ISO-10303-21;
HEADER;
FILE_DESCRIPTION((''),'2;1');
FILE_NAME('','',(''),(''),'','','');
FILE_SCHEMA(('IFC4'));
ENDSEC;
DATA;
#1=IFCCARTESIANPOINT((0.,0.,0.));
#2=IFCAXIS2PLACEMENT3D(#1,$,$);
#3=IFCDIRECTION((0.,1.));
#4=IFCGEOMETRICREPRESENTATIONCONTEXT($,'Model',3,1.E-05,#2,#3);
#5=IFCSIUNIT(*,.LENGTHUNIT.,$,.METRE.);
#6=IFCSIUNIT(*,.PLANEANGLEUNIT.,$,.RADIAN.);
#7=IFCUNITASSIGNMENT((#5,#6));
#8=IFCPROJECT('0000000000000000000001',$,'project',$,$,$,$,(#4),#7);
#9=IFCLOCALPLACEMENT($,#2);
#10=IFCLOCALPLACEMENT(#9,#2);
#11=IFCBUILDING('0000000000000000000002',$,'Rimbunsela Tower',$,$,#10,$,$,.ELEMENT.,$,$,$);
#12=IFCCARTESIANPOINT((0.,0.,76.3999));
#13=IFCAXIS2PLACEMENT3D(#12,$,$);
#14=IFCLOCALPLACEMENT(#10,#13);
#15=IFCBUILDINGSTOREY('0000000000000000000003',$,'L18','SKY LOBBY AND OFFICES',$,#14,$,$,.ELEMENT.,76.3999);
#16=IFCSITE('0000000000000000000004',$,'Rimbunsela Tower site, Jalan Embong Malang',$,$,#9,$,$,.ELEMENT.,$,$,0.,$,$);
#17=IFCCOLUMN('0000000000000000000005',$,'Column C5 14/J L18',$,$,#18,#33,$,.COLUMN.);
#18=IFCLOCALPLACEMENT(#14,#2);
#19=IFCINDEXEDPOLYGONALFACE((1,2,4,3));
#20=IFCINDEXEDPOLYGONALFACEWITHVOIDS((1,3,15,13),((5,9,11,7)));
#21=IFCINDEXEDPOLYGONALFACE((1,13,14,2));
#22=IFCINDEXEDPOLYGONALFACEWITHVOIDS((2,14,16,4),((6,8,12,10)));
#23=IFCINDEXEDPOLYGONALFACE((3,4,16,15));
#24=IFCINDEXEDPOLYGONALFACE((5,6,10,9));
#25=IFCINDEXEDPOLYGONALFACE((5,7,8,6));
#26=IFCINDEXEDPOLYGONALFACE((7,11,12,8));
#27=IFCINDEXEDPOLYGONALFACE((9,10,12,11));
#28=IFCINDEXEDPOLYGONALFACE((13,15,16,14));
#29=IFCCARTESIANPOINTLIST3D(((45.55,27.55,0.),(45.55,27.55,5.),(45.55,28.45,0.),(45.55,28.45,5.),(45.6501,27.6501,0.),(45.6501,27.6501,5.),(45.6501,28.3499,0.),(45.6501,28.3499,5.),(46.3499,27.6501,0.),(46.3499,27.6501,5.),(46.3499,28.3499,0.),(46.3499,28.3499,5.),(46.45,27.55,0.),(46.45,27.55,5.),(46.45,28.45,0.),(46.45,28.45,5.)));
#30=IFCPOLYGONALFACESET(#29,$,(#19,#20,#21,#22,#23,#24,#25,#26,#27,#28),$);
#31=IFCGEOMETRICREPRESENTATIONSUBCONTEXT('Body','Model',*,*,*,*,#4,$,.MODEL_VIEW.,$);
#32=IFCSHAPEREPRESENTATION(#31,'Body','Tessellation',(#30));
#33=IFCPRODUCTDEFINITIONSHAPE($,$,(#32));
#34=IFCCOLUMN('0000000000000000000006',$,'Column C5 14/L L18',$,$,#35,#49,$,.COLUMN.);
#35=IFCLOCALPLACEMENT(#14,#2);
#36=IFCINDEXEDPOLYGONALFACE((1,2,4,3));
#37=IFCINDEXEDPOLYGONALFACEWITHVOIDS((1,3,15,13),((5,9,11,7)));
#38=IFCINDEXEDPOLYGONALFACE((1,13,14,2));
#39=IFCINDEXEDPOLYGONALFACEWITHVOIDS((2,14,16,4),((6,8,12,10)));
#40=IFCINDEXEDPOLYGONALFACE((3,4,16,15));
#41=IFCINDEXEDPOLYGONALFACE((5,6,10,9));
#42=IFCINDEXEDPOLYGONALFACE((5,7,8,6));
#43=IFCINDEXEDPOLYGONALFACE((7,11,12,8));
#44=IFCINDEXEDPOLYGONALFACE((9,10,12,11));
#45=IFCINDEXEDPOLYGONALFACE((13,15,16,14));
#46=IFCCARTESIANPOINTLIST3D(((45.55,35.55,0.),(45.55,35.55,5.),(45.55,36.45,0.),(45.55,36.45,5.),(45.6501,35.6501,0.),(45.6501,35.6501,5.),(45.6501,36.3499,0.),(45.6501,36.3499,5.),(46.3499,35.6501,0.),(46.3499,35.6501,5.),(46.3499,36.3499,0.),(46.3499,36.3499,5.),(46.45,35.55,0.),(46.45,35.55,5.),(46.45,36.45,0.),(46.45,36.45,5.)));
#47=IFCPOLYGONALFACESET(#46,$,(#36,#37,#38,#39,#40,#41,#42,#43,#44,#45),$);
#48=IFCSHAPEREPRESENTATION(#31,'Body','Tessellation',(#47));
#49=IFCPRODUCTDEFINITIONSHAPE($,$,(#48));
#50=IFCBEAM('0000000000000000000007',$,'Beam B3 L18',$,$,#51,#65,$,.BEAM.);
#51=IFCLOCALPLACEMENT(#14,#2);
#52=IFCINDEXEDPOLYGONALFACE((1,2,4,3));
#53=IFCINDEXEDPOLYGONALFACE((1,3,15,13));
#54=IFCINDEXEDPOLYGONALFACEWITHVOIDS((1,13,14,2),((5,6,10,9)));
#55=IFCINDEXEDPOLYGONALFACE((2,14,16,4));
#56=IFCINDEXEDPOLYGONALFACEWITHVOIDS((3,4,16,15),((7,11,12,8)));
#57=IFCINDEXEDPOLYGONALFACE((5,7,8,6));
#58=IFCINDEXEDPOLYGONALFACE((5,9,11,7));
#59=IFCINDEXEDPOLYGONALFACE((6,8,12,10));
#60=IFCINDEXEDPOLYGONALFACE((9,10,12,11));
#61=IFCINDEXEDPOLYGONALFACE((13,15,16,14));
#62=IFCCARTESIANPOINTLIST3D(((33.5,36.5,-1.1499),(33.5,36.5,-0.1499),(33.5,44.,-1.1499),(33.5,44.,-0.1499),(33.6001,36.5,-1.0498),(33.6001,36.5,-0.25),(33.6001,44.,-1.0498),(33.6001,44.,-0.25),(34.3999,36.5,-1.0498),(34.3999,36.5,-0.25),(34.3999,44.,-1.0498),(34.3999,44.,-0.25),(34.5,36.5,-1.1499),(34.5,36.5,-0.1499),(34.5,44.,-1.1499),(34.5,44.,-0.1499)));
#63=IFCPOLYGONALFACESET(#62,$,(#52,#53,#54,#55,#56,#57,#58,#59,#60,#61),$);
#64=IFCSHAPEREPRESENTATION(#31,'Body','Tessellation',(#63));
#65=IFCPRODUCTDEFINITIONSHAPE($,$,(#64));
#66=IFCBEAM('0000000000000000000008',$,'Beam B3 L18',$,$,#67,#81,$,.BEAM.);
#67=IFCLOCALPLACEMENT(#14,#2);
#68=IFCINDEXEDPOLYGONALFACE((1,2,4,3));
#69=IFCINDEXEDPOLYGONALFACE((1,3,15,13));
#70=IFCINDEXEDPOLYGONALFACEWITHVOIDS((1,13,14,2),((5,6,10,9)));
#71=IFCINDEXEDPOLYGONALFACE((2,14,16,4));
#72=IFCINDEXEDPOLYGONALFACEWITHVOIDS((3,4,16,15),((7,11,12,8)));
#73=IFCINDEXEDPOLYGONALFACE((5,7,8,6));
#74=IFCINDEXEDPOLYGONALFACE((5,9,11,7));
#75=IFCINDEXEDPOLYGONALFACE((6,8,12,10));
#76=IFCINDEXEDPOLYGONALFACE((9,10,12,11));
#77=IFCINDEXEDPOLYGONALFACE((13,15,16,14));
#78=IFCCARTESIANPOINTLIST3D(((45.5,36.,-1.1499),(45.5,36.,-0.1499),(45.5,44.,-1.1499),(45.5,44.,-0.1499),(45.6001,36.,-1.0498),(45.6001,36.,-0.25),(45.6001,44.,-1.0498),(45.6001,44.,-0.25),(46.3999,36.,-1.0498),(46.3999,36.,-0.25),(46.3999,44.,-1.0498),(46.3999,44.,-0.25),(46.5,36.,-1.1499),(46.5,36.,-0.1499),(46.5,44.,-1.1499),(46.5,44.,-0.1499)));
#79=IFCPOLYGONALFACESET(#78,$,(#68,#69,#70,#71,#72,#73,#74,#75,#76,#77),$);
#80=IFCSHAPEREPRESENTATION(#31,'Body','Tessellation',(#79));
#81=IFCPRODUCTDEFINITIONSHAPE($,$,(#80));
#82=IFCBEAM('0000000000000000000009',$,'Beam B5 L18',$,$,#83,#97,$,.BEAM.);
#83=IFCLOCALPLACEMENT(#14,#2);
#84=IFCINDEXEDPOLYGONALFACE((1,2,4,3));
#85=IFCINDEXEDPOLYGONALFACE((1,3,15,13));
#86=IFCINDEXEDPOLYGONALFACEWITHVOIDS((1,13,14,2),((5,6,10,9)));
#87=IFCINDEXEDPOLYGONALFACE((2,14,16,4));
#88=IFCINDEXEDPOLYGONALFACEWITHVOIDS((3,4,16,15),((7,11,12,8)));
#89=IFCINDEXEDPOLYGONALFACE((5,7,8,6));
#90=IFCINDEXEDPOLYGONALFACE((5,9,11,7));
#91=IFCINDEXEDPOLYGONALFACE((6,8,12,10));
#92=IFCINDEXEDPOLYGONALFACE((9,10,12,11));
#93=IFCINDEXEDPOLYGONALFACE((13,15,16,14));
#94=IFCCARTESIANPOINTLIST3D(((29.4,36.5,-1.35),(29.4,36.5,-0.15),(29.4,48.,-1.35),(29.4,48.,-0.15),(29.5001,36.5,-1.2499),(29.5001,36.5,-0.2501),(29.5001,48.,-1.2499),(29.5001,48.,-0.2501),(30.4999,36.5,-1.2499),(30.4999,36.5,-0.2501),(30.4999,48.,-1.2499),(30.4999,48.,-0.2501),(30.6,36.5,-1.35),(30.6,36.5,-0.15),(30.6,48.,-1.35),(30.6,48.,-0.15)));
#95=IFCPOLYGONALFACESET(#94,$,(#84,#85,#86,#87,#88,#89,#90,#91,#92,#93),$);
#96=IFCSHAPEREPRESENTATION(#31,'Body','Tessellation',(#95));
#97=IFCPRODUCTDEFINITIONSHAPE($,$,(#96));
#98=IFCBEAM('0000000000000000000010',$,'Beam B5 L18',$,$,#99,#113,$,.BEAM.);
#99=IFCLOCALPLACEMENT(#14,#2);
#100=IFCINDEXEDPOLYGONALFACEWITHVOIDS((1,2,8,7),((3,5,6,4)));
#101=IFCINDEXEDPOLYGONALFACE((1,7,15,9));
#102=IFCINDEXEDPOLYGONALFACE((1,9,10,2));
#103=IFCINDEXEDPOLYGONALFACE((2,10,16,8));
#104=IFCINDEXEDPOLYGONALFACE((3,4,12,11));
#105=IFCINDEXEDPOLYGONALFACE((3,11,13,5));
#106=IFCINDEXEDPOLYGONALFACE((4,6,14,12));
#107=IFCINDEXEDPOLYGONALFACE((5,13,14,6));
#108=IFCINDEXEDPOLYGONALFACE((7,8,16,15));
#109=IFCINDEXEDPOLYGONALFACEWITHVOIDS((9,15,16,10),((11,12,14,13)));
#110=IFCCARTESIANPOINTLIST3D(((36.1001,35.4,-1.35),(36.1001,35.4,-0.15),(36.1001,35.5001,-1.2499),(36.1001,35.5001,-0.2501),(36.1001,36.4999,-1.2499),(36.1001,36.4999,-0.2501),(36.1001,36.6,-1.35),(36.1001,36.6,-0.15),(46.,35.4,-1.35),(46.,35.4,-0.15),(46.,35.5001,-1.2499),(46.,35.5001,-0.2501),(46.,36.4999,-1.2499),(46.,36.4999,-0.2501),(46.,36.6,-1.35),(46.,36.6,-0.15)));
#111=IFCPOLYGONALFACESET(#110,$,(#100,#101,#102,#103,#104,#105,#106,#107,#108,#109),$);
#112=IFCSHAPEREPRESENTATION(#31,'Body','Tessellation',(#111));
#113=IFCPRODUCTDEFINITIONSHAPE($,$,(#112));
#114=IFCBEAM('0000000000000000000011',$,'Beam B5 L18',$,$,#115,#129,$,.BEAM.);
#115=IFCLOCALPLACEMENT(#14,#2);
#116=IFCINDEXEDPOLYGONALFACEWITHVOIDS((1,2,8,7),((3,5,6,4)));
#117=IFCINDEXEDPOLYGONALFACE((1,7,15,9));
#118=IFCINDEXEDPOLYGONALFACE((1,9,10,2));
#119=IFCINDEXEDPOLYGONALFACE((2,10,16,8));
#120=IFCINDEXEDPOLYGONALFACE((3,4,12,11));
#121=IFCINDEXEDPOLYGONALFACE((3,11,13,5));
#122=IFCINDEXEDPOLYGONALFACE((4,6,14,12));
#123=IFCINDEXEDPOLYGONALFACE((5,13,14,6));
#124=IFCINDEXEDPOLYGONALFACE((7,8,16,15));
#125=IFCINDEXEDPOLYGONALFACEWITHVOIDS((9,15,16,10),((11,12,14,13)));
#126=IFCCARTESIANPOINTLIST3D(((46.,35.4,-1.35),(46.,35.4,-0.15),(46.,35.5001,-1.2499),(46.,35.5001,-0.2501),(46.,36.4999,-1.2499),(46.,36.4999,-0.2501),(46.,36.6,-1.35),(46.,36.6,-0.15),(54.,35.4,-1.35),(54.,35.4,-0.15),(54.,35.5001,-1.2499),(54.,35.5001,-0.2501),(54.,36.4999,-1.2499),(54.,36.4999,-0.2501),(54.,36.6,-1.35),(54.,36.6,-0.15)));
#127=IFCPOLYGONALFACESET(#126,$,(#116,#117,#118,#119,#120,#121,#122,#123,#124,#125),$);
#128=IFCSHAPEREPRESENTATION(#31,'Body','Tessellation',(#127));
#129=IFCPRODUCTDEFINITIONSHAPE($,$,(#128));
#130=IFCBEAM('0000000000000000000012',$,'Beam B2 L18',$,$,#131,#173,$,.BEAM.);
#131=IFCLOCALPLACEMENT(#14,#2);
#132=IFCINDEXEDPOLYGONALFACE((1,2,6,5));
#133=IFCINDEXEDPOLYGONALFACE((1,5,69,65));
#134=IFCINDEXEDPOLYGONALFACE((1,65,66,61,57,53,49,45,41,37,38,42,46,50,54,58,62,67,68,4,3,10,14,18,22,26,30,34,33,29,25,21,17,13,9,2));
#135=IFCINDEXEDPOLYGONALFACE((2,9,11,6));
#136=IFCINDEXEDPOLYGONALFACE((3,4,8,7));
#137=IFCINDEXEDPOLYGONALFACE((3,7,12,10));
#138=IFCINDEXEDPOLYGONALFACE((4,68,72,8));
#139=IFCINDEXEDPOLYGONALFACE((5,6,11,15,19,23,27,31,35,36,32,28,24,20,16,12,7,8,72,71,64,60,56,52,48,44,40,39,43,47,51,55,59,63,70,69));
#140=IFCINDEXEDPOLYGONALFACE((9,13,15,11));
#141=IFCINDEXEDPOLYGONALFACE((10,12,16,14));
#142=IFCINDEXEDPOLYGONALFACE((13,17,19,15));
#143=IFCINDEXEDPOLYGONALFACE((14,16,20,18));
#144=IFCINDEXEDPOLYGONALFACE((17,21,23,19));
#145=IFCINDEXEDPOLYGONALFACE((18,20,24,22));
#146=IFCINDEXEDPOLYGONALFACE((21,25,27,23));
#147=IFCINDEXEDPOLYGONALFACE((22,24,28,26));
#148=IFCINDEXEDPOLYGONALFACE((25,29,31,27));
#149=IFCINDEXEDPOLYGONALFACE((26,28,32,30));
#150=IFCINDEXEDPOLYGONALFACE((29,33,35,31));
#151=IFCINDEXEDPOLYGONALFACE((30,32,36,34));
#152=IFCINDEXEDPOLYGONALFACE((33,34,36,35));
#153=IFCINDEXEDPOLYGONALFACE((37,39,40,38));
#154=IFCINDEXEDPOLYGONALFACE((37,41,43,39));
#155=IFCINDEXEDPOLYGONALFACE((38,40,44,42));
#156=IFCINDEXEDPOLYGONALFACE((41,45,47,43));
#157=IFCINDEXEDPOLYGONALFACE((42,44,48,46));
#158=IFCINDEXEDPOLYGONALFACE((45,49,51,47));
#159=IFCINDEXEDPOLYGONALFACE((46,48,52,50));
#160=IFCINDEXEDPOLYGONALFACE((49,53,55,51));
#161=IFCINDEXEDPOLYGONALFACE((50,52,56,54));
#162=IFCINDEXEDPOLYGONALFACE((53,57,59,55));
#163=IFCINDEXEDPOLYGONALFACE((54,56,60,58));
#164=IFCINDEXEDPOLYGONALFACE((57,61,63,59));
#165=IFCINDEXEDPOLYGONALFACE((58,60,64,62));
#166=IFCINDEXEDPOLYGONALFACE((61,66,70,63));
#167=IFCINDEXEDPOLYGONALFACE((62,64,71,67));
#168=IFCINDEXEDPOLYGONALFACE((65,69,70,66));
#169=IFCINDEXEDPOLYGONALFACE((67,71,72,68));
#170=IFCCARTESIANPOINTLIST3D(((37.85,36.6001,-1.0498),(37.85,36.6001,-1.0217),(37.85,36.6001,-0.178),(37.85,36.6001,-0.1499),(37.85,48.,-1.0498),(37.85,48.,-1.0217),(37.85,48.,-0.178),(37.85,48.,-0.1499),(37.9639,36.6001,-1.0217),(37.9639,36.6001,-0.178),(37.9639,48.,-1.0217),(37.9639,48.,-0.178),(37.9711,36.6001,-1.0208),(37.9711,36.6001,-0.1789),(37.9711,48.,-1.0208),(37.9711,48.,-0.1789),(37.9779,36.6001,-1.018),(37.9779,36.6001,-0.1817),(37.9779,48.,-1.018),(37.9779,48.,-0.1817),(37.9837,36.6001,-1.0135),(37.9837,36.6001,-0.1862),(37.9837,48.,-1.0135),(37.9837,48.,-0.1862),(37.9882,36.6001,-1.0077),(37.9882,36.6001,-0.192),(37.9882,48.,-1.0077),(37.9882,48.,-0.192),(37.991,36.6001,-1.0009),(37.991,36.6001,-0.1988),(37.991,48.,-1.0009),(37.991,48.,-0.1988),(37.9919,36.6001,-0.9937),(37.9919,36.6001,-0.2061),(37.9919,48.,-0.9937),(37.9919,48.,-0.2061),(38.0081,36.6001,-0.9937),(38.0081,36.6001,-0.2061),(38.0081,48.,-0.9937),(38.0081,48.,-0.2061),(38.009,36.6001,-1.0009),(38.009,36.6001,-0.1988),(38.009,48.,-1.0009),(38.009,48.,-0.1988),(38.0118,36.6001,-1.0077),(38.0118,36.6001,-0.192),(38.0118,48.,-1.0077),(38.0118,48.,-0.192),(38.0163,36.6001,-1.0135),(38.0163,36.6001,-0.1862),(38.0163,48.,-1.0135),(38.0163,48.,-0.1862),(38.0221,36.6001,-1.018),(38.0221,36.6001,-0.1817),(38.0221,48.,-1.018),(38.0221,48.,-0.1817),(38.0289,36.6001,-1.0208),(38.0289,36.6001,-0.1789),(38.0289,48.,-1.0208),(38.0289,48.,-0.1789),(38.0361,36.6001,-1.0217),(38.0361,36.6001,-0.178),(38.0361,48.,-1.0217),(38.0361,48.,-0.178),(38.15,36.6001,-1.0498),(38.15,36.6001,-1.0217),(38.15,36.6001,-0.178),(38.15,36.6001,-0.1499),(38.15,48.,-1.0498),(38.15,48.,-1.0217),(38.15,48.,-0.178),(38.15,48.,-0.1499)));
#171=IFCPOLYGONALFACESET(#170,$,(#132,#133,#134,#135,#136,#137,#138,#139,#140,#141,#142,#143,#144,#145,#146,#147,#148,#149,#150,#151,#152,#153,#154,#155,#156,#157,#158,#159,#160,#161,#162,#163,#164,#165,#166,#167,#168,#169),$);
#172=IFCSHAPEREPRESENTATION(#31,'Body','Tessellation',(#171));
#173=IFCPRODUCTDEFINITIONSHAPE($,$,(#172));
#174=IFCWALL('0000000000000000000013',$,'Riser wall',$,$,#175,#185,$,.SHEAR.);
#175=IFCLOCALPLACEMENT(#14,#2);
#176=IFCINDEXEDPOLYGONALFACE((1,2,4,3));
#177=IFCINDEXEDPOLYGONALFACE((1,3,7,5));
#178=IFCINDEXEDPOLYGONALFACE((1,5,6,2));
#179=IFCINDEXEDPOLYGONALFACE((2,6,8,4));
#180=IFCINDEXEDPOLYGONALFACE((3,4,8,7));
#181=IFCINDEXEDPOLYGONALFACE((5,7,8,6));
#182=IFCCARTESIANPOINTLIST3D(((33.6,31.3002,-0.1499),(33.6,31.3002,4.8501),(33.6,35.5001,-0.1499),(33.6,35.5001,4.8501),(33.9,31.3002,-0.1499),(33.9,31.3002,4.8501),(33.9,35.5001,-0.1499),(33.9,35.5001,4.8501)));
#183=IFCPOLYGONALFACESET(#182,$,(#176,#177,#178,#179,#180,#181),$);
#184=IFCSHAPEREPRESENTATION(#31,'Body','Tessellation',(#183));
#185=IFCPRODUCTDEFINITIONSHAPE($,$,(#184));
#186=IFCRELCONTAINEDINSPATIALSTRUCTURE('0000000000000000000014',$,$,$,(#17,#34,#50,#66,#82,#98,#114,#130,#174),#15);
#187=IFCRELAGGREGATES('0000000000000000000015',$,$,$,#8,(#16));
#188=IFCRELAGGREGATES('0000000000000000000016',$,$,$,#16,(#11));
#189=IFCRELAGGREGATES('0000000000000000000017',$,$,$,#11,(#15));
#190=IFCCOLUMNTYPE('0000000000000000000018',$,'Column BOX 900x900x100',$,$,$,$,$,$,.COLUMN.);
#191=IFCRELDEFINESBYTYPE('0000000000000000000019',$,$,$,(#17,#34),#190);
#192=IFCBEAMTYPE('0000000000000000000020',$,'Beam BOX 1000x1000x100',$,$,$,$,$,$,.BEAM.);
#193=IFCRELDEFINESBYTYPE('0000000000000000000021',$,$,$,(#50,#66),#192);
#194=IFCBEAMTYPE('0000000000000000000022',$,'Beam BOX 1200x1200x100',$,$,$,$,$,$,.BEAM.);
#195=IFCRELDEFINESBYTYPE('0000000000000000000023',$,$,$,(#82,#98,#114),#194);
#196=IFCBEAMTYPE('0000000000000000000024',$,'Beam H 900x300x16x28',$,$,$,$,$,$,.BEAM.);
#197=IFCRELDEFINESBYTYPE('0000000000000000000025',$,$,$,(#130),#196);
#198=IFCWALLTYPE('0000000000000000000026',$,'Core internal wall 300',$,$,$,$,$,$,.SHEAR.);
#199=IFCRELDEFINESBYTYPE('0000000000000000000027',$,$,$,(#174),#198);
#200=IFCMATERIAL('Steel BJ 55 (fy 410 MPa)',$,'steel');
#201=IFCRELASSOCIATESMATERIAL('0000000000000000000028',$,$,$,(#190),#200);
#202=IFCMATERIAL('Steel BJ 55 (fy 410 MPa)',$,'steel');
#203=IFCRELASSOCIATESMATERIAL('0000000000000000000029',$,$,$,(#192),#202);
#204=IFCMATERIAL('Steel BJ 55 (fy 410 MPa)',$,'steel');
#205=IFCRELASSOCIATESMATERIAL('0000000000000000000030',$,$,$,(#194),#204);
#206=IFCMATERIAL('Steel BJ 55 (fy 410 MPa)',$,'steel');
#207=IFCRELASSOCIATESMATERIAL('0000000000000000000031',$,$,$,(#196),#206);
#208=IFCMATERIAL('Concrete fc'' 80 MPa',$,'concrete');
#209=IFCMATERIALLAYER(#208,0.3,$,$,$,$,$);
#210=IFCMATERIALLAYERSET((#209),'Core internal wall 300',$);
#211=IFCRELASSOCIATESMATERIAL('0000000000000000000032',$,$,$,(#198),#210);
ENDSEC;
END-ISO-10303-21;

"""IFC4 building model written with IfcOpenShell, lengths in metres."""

from ifc_helpers import new_model, si_unit, direction, frame, frame_2d, origin, origin_2d, place, context, subcontext, project, spatial, rectangle, hollow_rectangle, i_section, extrude, material, layer, layer_set, material_profile, profile_set, type_object, element, save


model = new_model("IFC4")

# Units and contexts
model_context = context("Model", 3, precision=1e-05, world=origin(), true_north=direction((0.0, 1.0)))
body_context = subcontext(model_context, "Body", "Model", "MODEL_VIEW")
ifc_project = project(units=[si_unit("LENGTHUNIT", "METRE"), si_unit("PLANEANGLEUNIT", "RADIAN")], contexts=[model_context])

# Site, building, storey
site_placement = place(None, origin())
site = spatial("IfcSite", under=ifc_project, at=site_placement, Name="Rimbunsela Tower site, Jalan Embong Malang", CompositionType="ELEMENT", RefElevation=0.0)
building_placement = place(site_placement, origin())
building = spatial("IfcBuilding", under=site, at=building_placement, Name="Rimbunsela Tower", CompositionType="ELEMENT")
storey_placement = place(building_placement, frame((0.0, 0.0, 76.3999)))
storey = spatial("IfcBuildingStorey", under=building, at=storey_placement, Name="L18", Description="SKY LOBBY AND OFFICES", CompositionType="ELEMENT", Elevation=76.3999)

# Columns
ifc_material_1 = material(Name="Steel BJ 55 (fy 410 MPa)", Category="steel")
ifc_material_profile_1 = material_profile(ifc_material_1, hollow_rectangle(XDim=0.8999, YDim=0.8999, WallThickness=0.1001, at=origin_2d()), Name="BOX 900x900x100")
ifc_profile_set_1 = profile_set([ifc_material_profile_1], Name="Steel BJ 55 (fy 410 MPa)")
column_type = type_object("IfcColumnType", Name="Column BOX 900x900x100", PredefinedType="COLUMN", material=ifc_profile_set_1)
for number, where, z_axis, x_axis, name in (
    (1, (46.0, 28.0, 0.0), (0.0, 0.0, 1.0), (1.0, 0.0, 0.0), "Column C5 14/J L18"),
    (2, (46.0, 36.0, 0.0), (0.0, 0.0, 1.0), (1.0, 0.0, 0.0), "Column C5 14/L L18"),
):
    element("IfcColumn", number, at=place(storey_placement, frame(where, z_axis=z_axis, x_axis=x_axis)), inside=storey, type_object=column_type, Name=name, PredefinedType="COLUMN", context=body_context, shape_type="SweptSolid", body=[
        extrude(hollow_rectangle(XDim=0.8999, YDim=0.8999, WallThickness=0.1001, at=origin_2d()), origin(), (0.0, 0.0, 1.0), 5.0),
    ])

# Beams
ifc_material_2 = material(Name="Steel BJ 55 (fy 410 MPa)", Category="steel")
ifc_material_profile_2 = material_profile(ifc_material_2, hollow_rectangle(XDim=1.0, YDim=1.0, WallThickness=0.1001, at=origin_2d()), Name="BOX 1000x1000x100")
ifc_profile_set_2 = profile_set([ifc_material_profile_2], Name="Steel BJ 55 (fy 410 MPa)")
beam_type_1 = type_object("IfcBeamType", Name="Beam BOX 1000x1000x100", PredefinedType="BEAM", material=ifc_profile_set_2)
beam_1_placement = place(storey_placement, frame((34.0, 36.5, -0.6499), z_axis=(0.0, 1.0, 0.0), x_axis=(-1.0, 0.0, 0.0)))
element("IfcBeam", 3, at=beam_1_placement, inside=storey, type_object=beam_type_1, Name="Beam B3 L18", PredefinedType="BEAM", context=body_context, shape_type="SweptSolid", body=[
    extrude(hollow_rectangle(XDim=1.0, YDim=1.0, WallThickness=0.1001, at=origin_2d()), origin(), (0.0, 0.0, 1.0), 7.5),
])
beam_2_placement = place(storey_placement, frame((46.0, 36.0, -0.6499), z_axis=(0.0, 1.0, 0.0), x_axis=(-1.0, 0.0, 0.0)))
element("IfcBeam", 4, at=beam_2_placement, inside=storey, type_object=beam_type_1, Name="Beam B3 L18", PredefinedType="BEAM", context=body_context, shape_type="SweptSolid", body=[
    extrude(hollow_rectangle(XDim=1.0, YDim=1.0, WallThickness=0.1001, at=origin_2d()), origin(), (0.0, 0.0, 1.0), 8.0),
])
ifc_material_3 = material(Name="Steel BJ 55 (fy 410 MPa)", Category="steel")
ifc_material_profile_3 = material_profile(ifc_material_3, hollow_rectangle(XDim=1.2, YDim=1.2, WallThickness=0.1001, at=origin_2d()), Name="BOX 1200x1200x100")
ifc_profile_set_3 = profile_set([ifc_material_profile_3], Name="Steel BJ 55 (fy 410 MPa)")
beam_type_2 = type_object("IfcBeamType", Name="Beam BOX 1200x1200x100", PredefinedType="BEAM", material=ifc_profile_set_3)
beam_3_placement = place(storey_placement, frame((30.0, 36.5, -0.75), z_axis=(0.0, 1.0, 0.0), x_axis=(-1.0, 0.0, 0.0)))
element("IfcBeam", 5, at=beam_3_placement, inside=storey, type_object=beam_type_2, Name="Beam B5 L18", PredefinedType="BEAM", context=body_context, shape_type="SweptSolid", body=[
    extrude(hollow_rectangle(XDim=1.2, YDim=1.2, WallThickness=0.1001, at=origin_2d()), origin(), (0.0, 0.0, 1.0), 11.5),
])
beam_4_placement = place(storey_placement, frame((36.1001, 36.0, -0.75), z_axis=(1.0, 0.0, 0.0), x_axis=(0.0, 1.0, 0.0)))
element("IfcBeam", 6, at=beam_4_placement, inside=storey, type_object=beam_type_2, Name="Beam B5 L18", PredefinedType="BEAM", context=body_context, shape_type="SweptSolid", body=[
    extrude(hollow_rectangle(XDim=1.2, YDim=1.2, WallThickness=0.1001, at=origin_2d()), origin(), (0.0, 0.0, 1.0), 9.8999),
])
beam_5_placement = place(storey_placement, frame((46.0, 36.0, -0.75), z_axis=(1.0, 0.0, 0.0), x_axis=(0.0, 1.0, 0.0)))
element("IfcBeam", 7, at=beam_5_placement, inside=storey, type_object=beam_type_2, Name="Beam B5 L18", PredefinedType="BEAM", context=body_context, shape_type="SweptSolid", body=[
    extrude(hollow_rectangle(XDim=1.2, YDim=1.2, WallThickness=0.1001, at=origin_2d()), origin(), (0.0, 0.0, 1.0), 8.0),
])
ifc_material_4 = material(Name="Steel BJ 55 (fy 410 MPa)", Category="steel")
ifc_material_profile_4 = material_profile(ifc_material_4, i_section(OverallWidth=0.3, OverallDepth=0.8999, WebThickness=0.0161, FlangeThickness=0.0281, FilletRadius=0.0281, at=origin_2d()), Name="H 900x300x16x28")
ifc_profile_set_4 = profile_set([ifc_material_profile_4], Name="Steel BJ 55 (fy 410 MPa)")
beam_type_3 = type_object("IfcBeamType", Name="Beam H 900x300x16x28", PredefinedType="BEAM", material=ifc_profile_set_4)
beam_6_placement = place(storey_placement, frame((38.0, 36.6001, -0.5999), z_axis=(0.0, 1.0, 0.0), x_axis=(-1.0, 0.0, 0.0)))
element("IfcBeam", 8, at=beam_6_placement, inside=storey, type_object=beam_type_3, Name="Beam B2 L18", PredefinedType="BEAM", context=body_context, shape_type="SweptSolid", body=[
    extrude(i_section(OverallWidth=0.3, OverallDepth=0.8999, WebThickness=0.0161, FlangeThickness=0.0281, FilletRadius=0.0281, at=origin_2d()), origin(), (0.0, 0.0, 1.0), 11.3999),
])

# Wall
ifc_material_5 = material(Name="Concrete fc' 80 MPa", Category="concrete")
ifc_layer_1 = layer(ifc_material_5, 0.3)
ifc_layer_set_1 = layer_set([ifc_layer_1], Name="Core internal wall 300")
wall_type_1 = type_object("IfcWallType", Name="Core internal wall 300", PredefinedType="SHEAR", material=ifc_layer_set_1)
wall_1_placement = place(storey_placement, frame((33.75, 31.3, -0.1499), z_axis=(0.0, 0.0, 1.0), x_axis=(0.0, 1.0, 0.0)))
element("IfcWall", 9, at=wall_1_placement, inside=storey, type_object=wall_type_1, Name="Riser wall", PredefinedType="SHEAR", context=body_context, shape_type="SweptSolid", body=[
    extrude(rectangle(XDim=4.2, YDim=0.3, at=frame_2d((2.1001, 0.0))), origin(), (0.0, 0.0, 1.0), 5.0),
])

save(model, "model.ifc")
